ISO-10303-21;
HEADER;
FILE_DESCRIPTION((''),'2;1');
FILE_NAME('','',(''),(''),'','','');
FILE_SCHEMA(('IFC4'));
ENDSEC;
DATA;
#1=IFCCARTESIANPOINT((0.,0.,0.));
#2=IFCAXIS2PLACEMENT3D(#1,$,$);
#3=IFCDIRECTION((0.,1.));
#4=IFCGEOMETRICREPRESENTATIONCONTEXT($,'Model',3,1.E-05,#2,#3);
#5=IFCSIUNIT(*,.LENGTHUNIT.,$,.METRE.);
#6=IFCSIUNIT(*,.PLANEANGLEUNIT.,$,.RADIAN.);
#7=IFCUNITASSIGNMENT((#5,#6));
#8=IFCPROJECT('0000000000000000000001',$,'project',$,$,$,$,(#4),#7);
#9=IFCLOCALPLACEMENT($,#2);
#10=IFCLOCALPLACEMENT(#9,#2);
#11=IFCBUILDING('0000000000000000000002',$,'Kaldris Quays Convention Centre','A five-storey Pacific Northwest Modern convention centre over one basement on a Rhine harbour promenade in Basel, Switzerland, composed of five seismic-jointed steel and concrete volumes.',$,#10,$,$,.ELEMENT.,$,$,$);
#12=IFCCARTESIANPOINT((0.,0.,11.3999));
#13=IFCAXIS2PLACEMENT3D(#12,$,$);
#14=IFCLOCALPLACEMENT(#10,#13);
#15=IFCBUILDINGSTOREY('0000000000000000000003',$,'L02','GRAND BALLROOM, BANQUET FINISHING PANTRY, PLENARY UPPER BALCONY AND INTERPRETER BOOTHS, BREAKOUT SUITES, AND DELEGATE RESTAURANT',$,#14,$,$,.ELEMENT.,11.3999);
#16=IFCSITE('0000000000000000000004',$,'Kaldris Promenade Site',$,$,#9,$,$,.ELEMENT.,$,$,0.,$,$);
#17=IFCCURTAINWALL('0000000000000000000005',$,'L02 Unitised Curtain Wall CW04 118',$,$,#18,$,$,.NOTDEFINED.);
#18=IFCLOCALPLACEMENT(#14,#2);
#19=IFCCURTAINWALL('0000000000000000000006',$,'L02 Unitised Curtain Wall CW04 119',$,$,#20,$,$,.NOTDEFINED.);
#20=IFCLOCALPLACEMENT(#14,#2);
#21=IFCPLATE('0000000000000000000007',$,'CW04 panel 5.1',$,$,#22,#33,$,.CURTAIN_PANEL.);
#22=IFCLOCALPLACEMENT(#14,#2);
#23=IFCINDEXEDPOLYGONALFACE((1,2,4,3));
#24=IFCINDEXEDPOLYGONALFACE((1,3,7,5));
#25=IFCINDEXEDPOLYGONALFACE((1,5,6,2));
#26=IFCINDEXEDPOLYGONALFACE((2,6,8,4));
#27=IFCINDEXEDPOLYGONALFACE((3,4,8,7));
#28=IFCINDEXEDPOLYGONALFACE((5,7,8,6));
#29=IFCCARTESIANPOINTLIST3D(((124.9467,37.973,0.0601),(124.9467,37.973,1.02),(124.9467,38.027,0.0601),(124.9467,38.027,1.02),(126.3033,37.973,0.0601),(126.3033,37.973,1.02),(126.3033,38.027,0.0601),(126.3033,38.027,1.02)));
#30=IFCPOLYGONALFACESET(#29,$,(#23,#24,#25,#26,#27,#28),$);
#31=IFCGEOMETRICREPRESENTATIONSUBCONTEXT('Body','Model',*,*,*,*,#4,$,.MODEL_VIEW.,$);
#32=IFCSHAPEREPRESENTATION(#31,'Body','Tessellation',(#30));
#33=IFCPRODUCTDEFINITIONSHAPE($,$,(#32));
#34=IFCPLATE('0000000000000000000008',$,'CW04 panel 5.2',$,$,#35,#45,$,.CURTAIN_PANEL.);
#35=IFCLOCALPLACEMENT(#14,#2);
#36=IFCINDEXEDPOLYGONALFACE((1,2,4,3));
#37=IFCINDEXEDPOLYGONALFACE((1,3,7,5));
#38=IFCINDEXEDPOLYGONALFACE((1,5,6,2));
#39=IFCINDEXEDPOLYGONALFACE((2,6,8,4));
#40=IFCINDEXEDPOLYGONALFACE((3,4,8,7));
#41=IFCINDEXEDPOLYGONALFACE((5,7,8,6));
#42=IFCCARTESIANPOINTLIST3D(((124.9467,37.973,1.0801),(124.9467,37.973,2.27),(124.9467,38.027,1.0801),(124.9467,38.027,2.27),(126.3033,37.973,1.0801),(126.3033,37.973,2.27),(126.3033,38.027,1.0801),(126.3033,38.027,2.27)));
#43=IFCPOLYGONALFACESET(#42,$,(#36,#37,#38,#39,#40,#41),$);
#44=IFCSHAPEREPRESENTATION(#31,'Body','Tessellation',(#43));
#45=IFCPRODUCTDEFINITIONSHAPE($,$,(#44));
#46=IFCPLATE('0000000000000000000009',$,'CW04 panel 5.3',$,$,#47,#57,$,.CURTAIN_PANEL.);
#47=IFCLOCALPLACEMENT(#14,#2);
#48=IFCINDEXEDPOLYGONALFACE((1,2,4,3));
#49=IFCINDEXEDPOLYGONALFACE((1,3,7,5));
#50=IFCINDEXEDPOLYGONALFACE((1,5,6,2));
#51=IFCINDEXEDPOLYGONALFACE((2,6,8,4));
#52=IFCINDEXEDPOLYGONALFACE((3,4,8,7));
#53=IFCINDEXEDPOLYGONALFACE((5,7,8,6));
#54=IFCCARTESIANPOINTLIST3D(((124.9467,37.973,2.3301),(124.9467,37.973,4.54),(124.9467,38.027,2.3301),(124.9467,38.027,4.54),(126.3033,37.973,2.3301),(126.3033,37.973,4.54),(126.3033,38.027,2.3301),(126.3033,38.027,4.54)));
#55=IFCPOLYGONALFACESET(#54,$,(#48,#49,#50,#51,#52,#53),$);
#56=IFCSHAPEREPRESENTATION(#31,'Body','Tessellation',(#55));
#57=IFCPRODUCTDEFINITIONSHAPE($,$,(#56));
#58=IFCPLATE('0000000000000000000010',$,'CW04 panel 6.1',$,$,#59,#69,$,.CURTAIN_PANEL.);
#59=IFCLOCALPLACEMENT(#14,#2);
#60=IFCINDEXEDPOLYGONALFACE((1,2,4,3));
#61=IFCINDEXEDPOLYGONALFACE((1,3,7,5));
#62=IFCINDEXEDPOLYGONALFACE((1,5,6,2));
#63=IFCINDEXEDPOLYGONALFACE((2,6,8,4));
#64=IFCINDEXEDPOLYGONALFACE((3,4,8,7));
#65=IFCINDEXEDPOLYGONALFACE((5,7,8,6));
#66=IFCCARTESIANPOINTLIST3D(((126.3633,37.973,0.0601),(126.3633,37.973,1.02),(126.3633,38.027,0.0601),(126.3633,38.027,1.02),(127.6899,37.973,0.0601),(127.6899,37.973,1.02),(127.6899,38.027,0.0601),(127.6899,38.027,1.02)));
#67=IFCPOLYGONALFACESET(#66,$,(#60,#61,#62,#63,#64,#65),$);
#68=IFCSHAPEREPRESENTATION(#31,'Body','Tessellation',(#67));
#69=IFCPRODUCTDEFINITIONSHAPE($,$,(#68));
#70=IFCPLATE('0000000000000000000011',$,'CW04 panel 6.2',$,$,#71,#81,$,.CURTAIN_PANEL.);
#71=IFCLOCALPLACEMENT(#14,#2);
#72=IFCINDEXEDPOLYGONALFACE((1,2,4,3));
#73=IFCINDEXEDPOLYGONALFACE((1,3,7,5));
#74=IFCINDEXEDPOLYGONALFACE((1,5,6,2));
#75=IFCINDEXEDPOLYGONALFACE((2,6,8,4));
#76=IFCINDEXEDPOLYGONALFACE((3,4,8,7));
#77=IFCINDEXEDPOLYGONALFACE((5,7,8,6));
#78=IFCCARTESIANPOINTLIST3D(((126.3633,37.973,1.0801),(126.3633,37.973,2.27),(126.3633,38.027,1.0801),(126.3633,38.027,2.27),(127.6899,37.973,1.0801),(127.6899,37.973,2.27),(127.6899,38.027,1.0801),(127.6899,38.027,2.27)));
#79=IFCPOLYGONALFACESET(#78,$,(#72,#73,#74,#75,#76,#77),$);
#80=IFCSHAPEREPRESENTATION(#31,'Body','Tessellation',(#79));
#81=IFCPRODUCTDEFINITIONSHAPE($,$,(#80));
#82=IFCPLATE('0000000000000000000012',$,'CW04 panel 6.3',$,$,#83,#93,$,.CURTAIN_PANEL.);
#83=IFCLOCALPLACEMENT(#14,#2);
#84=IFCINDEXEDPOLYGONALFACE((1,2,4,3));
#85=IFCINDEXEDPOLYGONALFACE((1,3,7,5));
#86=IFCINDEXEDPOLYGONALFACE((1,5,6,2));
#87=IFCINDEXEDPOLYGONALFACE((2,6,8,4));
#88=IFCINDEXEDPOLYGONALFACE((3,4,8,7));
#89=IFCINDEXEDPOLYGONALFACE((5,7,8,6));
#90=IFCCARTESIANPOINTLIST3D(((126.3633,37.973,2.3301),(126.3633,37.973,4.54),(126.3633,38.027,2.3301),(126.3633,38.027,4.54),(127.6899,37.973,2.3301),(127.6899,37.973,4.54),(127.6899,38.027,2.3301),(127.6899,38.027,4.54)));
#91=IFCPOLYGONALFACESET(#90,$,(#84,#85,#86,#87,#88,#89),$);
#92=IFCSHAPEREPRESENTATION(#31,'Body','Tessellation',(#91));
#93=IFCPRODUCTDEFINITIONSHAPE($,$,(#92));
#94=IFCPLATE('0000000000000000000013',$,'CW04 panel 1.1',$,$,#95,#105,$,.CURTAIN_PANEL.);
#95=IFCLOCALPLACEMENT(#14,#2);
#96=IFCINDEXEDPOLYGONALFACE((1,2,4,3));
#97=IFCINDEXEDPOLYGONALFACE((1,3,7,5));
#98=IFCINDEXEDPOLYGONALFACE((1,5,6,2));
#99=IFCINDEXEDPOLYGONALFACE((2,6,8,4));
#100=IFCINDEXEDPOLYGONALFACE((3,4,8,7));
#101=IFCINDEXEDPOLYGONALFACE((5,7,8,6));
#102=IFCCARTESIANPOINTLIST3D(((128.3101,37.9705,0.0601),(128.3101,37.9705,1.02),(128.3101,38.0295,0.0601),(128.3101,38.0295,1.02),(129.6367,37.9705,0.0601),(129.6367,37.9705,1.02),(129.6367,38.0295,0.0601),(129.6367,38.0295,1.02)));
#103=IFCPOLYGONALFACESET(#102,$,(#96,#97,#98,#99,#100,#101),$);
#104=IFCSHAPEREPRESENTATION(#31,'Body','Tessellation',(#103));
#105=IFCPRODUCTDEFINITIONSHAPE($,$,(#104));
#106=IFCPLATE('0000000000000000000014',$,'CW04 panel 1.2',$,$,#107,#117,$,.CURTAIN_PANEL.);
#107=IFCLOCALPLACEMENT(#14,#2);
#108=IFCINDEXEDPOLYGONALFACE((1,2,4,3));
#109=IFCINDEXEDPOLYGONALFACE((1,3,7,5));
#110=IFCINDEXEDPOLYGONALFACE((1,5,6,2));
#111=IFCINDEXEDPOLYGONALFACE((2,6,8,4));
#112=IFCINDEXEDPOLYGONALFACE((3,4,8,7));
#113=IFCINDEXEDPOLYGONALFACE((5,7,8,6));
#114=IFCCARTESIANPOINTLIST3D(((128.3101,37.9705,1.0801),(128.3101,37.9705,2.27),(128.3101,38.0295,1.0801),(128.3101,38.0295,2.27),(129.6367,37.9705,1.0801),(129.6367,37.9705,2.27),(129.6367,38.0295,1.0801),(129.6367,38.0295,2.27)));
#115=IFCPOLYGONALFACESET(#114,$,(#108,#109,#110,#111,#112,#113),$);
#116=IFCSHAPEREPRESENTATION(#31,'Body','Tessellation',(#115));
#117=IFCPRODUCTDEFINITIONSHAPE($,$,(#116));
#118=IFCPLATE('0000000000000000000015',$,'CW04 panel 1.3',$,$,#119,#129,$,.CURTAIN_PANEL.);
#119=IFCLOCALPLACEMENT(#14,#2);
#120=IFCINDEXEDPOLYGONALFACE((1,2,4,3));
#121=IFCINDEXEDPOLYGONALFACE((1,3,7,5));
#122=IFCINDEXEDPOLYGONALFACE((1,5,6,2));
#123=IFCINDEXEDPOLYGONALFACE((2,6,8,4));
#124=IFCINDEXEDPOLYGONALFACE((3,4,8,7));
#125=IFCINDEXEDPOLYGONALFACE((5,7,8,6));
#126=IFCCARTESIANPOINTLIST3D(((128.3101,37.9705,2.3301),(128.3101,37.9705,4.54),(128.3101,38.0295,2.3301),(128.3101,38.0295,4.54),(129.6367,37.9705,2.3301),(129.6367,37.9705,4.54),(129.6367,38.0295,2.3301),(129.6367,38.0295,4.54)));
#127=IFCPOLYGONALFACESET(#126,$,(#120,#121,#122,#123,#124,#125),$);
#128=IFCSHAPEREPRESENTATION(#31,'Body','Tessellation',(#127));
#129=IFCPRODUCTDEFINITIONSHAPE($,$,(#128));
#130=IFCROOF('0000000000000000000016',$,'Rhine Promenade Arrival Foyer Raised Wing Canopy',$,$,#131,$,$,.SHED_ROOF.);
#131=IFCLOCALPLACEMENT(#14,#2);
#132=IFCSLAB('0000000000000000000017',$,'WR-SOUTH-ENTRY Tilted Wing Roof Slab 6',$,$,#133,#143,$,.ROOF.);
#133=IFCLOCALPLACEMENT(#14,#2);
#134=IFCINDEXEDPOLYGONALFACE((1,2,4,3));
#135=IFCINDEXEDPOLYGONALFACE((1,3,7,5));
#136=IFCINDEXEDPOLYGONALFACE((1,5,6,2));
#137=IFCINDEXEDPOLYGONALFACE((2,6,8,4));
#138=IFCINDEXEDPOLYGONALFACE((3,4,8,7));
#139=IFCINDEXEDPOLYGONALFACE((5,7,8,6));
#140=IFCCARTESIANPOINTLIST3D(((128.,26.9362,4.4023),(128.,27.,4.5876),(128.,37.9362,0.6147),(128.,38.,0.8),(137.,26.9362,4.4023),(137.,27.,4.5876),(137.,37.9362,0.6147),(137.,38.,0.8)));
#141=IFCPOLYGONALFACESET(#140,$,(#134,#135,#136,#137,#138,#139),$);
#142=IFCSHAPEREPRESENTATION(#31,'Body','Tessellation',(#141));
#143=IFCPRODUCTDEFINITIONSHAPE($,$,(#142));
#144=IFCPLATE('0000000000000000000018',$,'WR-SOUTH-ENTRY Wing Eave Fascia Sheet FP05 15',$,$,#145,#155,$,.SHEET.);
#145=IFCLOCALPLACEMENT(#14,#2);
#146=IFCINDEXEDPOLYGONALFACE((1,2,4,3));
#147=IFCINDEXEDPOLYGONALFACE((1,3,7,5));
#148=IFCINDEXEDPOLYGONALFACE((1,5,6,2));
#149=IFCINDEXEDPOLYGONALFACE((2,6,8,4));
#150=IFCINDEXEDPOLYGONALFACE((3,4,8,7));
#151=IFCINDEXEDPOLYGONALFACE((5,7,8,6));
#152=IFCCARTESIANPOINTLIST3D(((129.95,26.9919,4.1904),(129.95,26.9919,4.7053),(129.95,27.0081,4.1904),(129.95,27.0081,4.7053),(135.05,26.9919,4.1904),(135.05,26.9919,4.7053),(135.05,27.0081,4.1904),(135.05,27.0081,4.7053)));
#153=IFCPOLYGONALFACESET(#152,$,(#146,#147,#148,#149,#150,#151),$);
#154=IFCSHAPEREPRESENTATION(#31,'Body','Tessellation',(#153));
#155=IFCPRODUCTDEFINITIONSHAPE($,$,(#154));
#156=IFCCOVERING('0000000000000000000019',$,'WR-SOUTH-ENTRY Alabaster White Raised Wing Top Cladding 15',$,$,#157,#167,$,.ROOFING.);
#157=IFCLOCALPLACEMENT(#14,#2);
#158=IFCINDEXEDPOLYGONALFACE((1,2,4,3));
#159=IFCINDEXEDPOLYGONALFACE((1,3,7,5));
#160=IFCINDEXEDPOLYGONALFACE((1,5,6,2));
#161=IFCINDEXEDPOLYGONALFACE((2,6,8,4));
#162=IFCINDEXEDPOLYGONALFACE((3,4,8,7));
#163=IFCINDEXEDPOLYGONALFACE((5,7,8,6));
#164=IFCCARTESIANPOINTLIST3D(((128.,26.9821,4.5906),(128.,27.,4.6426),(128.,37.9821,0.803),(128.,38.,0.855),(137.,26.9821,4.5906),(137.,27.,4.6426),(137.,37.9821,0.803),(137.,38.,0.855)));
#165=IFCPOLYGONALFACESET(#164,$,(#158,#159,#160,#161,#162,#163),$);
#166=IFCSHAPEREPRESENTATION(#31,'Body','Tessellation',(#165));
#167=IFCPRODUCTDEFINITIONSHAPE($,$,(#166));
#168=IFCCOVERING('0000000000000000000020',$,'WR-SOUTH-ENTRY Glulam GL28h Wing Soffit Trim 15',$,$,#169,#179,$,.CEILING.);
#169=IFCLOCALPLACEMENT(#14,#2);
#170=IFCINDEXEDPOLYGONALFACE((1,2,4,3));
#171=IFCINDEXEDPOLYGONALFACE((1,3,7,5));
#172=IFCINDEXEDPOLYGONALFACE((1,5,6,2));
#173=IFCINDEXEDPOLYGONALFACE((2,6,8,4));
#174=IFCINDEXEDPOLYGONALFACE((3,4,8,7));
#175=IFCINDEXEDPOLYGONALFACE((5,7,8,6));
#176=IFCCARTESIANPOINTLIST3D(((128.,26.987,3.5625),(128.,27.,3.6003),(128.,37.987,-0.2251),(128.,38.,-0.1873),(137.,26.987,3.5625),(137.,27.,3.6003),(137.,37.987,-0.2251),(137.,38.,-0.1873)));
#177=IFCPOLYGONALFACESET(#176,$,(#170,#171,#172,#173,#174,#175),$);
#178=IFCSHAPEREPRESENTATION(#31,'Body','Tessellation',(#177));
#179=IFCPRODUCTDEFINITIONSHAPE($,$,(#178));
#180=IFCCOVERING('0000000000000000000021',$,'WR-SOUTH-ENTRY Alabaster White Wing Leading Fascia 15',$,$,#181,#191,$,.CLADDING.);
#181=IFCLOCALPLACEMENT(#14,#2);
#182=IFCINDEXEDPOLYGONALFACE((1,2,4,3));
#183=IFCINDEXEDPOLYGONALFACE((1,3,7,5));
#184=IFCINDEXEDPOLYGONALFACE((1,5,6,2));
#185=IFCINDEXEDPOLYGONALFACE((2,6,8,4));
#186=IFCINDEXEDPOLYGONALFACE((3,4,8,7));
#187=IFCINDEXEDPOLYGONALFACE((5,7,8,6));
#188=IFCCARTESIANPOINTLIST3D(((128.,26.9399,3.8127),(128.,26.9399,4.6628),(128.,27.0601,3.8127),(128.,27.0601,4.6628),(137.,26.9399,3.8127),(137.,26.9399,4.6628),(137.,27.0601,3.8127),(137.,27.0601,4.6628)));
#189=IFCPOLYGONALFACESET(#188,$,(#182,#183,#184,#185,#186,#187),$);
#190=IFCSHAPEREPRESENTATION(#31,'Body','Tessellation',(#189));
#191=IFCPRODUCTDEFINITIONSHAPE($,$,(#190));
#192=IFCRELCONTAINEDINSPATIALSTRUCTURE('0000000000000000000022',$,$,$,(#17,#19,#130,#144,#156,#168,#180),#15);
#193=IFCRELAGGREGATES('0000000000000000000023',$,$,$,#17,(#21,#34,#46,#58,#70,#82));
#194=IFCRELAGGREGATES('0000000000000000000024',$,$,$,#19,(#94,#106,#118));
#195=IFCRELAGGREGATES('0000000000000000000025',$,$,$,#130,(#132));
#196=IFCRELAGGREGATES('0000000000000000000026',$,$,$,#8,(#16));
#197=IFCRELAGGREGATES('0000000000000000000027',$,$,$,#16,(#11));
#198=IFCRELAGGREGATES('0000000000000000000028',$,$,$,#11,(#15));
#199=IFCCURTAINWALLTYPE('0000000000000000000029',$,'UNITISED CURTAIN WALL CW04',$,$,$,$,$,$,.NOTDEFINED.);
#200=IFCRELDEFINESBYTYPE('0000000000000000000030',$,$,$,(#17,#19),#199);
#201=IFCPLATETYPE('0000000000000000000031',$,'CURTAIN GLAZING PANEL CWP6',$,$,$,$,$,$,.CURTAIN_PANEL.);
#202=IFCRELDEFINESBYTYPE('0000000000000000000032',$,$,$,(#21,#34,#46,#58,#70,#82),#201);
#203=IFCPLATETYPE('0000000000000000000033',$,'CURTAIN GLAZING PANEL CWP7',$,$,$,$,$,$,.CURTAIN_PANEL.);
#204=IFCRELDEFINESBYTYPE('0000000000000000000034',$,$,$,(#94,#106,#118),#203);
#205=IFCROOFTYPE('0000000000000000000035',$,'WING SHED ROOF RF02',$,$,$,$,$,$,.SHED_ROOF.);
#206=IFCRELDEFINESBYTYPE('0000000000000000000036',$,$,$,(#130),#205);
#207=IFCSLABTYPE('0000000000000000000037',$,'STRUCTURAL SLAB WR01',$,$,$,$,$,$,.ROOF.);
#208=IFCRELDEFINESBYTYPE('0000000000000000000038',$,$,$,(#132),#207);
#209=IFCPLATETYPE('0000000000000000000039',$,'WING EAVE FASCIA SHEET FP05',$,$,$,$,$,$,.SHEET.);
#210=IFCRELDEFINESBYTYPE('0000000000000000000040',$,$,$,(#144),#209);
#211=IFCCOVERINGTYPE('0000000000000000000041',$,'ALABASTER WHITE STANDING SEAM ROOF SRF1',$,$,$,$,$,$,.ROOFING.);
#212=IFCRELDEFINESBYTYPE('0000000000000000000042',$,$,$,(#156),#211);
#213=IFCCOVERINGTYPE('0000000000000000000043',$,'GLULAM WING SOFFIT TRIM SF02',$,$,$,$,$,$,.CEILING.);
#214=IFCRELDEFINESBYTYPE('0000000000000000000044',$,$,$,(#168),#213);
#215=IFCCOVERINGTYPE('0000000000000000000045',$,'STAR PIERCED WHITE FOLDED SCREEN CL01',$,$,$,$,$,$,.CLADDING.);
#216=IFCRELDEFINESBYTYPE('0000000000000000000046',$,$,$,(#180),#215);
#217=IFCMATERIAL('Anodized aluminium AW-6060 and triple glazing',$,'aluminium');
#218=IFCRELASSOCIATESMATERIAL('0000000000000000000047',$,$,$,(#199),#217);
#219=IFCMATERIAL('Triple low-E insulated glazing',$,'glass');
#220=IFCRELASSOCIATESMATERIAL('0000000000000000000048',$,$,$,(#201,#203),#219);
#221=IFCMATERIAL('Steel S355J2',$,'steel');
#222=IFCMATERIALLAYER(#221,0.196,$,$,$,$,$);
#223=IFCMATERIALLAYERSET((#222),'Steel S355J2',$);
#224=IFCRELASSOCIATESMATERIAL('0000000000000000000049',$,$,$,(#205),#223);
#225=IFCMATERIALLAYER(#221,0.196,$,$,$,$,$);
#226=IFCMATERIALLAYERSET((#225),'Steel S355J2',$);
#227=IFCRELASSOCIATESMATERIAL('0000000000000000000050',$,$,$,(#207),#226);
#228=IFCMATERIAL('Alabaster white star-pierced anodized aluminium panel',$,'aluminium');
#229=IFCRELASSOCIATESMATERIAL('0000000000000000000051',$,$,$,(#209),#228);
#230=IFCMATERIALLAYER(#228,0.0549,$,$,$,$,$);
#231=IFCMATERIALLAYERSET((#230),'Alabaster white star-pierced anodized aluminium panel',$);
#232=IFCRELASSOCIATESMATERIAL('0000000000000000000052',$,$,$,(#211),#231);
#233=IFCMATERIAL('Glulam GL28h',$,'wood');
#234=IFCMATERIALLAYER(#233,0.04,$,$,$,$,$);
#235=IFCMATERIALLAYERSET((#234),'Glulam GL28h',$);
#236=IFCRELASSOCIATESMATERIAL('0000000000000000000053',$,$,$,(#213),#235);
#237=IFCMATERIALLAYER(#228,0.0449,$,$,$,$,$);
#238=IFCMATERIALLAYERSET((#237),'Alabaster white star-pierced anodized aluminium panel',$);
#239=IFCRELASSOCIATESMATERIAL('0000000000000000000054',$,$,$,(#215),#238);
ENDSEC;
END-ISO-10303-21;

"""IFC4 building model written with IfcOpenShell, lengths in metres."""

from ifc_helpers import new_model, si_unit, direction, frame, origin, origin_2d, place, context, subcontext, project, spatial, polyline, rectangle, outline, extrude, material, layer, layer_set, type_object, element, aggregate, save


model = new_model("IFC4")

# Units and contexts
model_context = context("Model", 3, precision=1e-05, world=origin(), true_north=direction((0.0, 1.0)))
body_context = subcontext(model_context, "Body", "Model", "MODEL_VIEW")
ifc_project = project(units=[si_unit("LENGTHUNIT", "METRE"), si_unit("PLANEANGLEUNIT", "RADIAN")], contexts=[model_context])

# Site, building, storey
site_placement = place(None, origin())
site = spatial("IfcSite", under=ifc_project, at=site_placement, Name="Kaldris Promenade Site", CompositionType="ELEMENT", RefElevation=0.0)
building_placement = place(site_placement, origin())
building = spatial("IfcBuilding", under=site, at=building_placement, Name="Kaldris Quays Convention Centre", Description="A five-storey Pacific Northwest Modern convention centre over one basement on a Rhine harbour promenade in Basel, Switzerland, composed of five seismic-jointed steel and concrete volumes.", CompositionType="ELEMENT")
storey_placement = place(building_placement, frame((0.0, 0.0, 11.3999)))
storey = spatial("IfcBuildingStorey", under=building, at=storey_placement, Name="L02", Description="GRAND BALLROOM, BANQUET FINISHING PANTRY, PLENARY UPPER BALCONY AND INTERPRETER BOOTHS, BREAKOUT SUITES, AND DELEGATE RESTAURANT", CompositionType="ELEMENT", Elevation=11.3999)

# Shared definitions
ifc_material_1 = material(Name="Steel S355J2", Category="steel")

# Curtain wall
ifc_material_2 = material(Name="Anodized aluminium AW-6060 and triple glazing", Category="aluminium")
curtain_wall_type = type_object("IfcCurtainWallType", Name="UNITISED CURTAIN WALL CW04", PredefinedType="NOTDEFINED", material=ifc_material_2)
curtain_wall_1_placement = place(storey_placement, origin())
curtain_wall_1 = element("IfcCurtainWall", 1, at=curtain_wall_1_placement, inside=storey, type_object=curtain_wall_type, Name="L02 Unitised Curtain Wall CW04 118", PredefinedType="NOTDEFINED")

# Curtain wall
curtain_wall_2_placement = place(storey_placement, origin())
curtain_wall_2 = element("IfcCurtainWall", 2, at=curtain_wall_2_placement, inside=storey, type_object=curtain_wall_type, Name="L02 Unitised Curtain Wall CW04 119", PredefinedType="NOTDEFINED")

# Shared definitions
ifc_material_3 = material(Name="Glulam GL28h", Category="wood")

# Plates
ifc_material_4 = material(Name="Triple low-E insulated glazing", Category="glass")
plate_type_1 = type_object("IfcPlateType", Name="CURTAIN GLAZING PANEL CWP6", PredefinedType="CURTAIN_PANEL", material=ifc_material_4)
plate_1_placement = place(storey_placement, frame((125.625, 38.0, 0.0601), z_axis=(0.0, 0.0, 1.0), x_axis=(1.0, 0.0, 0.0)))
plate_1 = element("IfcPlate", 3, at=plate_1_placement, type_object=plate_type_1, Name="CW04 panel 5.1", PredefinedType="CURTAIN_PANEL", context=body_context, shape_type="SweptSolid", body=[
    extrude(rectangle(XDim=1.3567, YDim=0.054, at=origin_2d()), origin(), (0.0, 0.0, 1.0), 0.96),
])
plate_2_placement = place(storey_placement, frame((125.625, 38.0, 1.0801), z_axis=(0.0, 0.0, 1.0), x_axis=(1.0, 0.0, 0.0)))
plate_2 = element("IfcPlate", 4, at=plate_2_placement, type_object=plate_type_1, Name="CW04 panel 5.2", PredefinedType="CURTAIN_PANEL", context=body_context, shape_type="SweptSolid", body=[
    extrude(rectangle(XDim=1.3567, YDim=0.054, at=origin_2d()), origin(), (0.0, 0.0, 1.0), 1.1899),
])
plate_3_placement = place(storey_placement, frame((125.625, 38.0, 2.3301), z_axis=(0.0, 0.0, 1.0), x_axis=(1.0, 0.0, 0.0)))
plate_3 = element("IfcPlate", 5, at=plate_3_placement, type_object=plate_type_1, Name="CW04 panel 5.3", PredefinedType="CURTAIN_PANEL", context=body_context, shape_type="SweptSolid", body=[
    extrude(rectangle(XDim=1.3567, YDim=0.054, at=origin_2d()), origin(), (0.0, 0.0, 1.0), 2.21),
])
plate_4_placement = place(storey_placement, frame((127.0266, 38.0, 0.0601), z_axis=(0.0, 0.0, 1.0), x_axis=(1.0, 0.0, 0.0)))
plate_4 = element("IfcPlate", 6, at=plate_4_placement, type_object=plate_type_1, Name="CW04 panel 6.1", PredefinedType="CURTAIN_PANEL", context=body_context, shape_type="SweptSolid", body=[
    extrude(rectangle(XDim=1.3267, YDim=0.054, at=origin_2d()), origin(), (0.0, 0.0, 1.0), 0.96),
])
plate_5_placement = place(storey_placement, frame((127.0266, 38.0, 1.0801), z_axis=(0.0, 0.0, 1.0), x_axis=(1.0, 0.0, 0.0)))
plate_5 = element("IfcPlate", 7, at=plate_5_placement, type_object=plate_type_1, Name="CW04 panel 6.2", PredefinedType="CURTAIN_PANEL", context=body_context, shape_type="SweptSolid", body=[
    extrude(rectangle(XDim=1.3267, YDim=0.054, at=origin_2d()), origin(), (0.0, 0.0, 1.0), 1.1899),
])
plate_6_placement = place(storey_placement, frame((127.0266, 38.0, 2.3301), z_axis=(0.0, 0.0, 1.0), x_axis=(1.0, 0.0, 0.0)))
plate_6 = element("IfcPlate", 8, at=plate_6_placement, type_object=plate_type_1, Name="CW04 panel 6.3", PredefinedType="CURTAIN_PANEL", context=body_context, shape_type="SweptSolid", body=[
    extrude(rectangle(XDim=1.3267, YDim=0.054, at=origin_2d()), origin(), (0.0, 0.0, 1.0), 2.21),
])
aggregate(curtain_wall_1, [plate_1, plate_2, plate_3, plate_4, plate_5, plate_6])
plate_type_2 = type_object("IfcPlateType", Name="CURTAIN GLAZING PANEL CWP7", PredefinedType="CURTAIN_PANEL", material=ifc_material_4)
plate_7_placement = place(storey_placement, frame((128.9734, 38.0, 0.0601), z_axis=(0.0, 0.0, 1.0), x_axis=(1.0, 0.0, 0.0)))
plate_7 = element("IfcPlate", 9, at=plate_7_placement, type_object=plate_type_2, Name="CW04 panel 1.1", PredefinedType="CURTAIN_PANEL", context=body_context, shape_type="SweptSolid", body=[
    extrude(rectangle(XDim=1.3267, YDim=0.0591, at=origin_2d()), origin(), (0.0, 0.0, 1.0), 0.96),
])
plate_8_placement = place(storey_placement, frame((128.9734, 38.0, 1.0801), z_axis=(0.0, 0.0, 1.0), x_axis=(1.0, 0.0, 0.0)))
plate_8 = element("IfcPlate", 10, at=plate_8_placement, type_object=plate_type_2, Name="CW04 panel 1.2", PredefinedType="CURTAIN_PANEL", context=body_context, shape_type="SweptSolid", body=[
    extrude(rectangle(XDim=1.3267, YDim=0.0591, at=origin_2d()), origin(), (0.0, 0.0, 1.0), 1.1899),
])
plate_9_placement = place(storey_placement, frame((128.9734, 38.0, 2.3301), z_axis=(0.0, 0.0, 1.0), x_axis=(1.0, 0.0, 0.0)))
plate_9 = element("IfcPlate", 11, at=plate_9_placement, type_object=plate_type_2, Name="CW04 panel 1.3", PredefinedType="CURTAIN_PANEL", context=body_context, shape_type="SweptSolid", body=[
    extrude(rectangle(XDim=1.3267, YDim=0.0591, at=origin_2d()), origin(), (0.0, 0.0, 1.0), 2.21),
])
aggregate(curtain_wall_2, [plate_7, plate_8, plate_9])

# Roof, slab
ifc_layer_1 = layer(ifc_material_1, 0.196)
ifc_layer_set_1 = layer_set([ifc_layer_1], Name="Steel S355J2")
roof_type = type_object("IfcRoofType", Name="WING SHED ROOF RF02", PredefinedType="SHED_ROOF", material=ifc_layer_set_1)
roof_placement = place(storey_placement, origin())
roof = element("IfcRoof", 12, at=roof_placement, inside=storey, type_object=roof_type, Name="Rhine Promenade Arrival Foyer Raised Wing Canopy", PredefinedType="SHED_ROOF")
ifc_layer_2 = layer(ifc_material_1, 0.196)
ifc_layer_set_2 = layer_set([ifc_layer_2], Name="Steel S355J2")
slab_type = type_object("IfcSlabType", Name="STRUCTURAL SLAB WR01", PredefinedType="ROOF", material=ifc_layer_set_2)
slab_placement = place(storey_placement, frame((128.0, 27.0, 4.5876), z_axis=(0.0, 0.325568, 0.945519), x_axis=(1.0, 0.0, 0.0)))
slab = element("IfcSlab", 13, at=slab_placement, type_object=slab_type, Name="WR-SOUTH-ENTRY Tilted Wing Roof Slab 6", PredefinedType="ROOF", context=body_context, shape_type="SweptSolid", body=[
    extrude(outline(polyline([(0.0, 0.0), (9.0, 0.0), (9.0, 11.6338), (0.0, 11.6338), (0.0, 0.0)])), origin(), (0.0, 0.0, -1.0), 0.196),
])
aggregate(roof, [slab])

# Plate
ifc_material_5 = material(Name="Alabaster white star-pierced anodized aluminium panel", Category="aluminium")
plate_type_3 = type_object("IfcPlateType", Name="WING EAVE FASCIA SHEET FP05", PredefinedType="SHEET", material=ifc_material_5)
plate_10_placement = place(storey_placement, frame((132.5, 27.0, 4.1904), z_axis=(0.0, 0.0, 1.0), x_axis=(1.0, 0.0, 0.0)))
element("IfcPlate", 14, at=plate_10_placement, inside=storey, type_object=plate_type_3, Name="WR-SOUTH-ENTRY Wing Eave Fascia Sheet FP05 15", PredefinedType="SHEET", context=body_context, shape_type="SweptSolid", body=[
    extrude(rectangle(XDim=5.1001, YDim=0.0161, at=origin_2d()), origin(), (0.0, 0.0, 1.0), 0.5149),
])

# Coverings
ifc_layer_3 = layer(ifc_material_5, 0.0549)
ifc_layer_set_3 = layer_set([ifc_layer_3], Name="Alabaster white star-pierced anodized aluminium panel")
covering_type_1 = type_object("IfcCoveringType", Name="ALABASTER WHITE STANDING SEAM ROOF SRF1", PredefinedType="ROOFING", material=ifc_layer_set_3)
covering_1_placement = place(storey_placement, frame((128.0, 27.0, 4.6426), z_axis=(0.0, 0.325568, 0.945519), x_axis=(1.0, 0.0, 0.0)))
element("IfcCovering", 15, at=covering_1_placement, inside=storey, type_object=covering_type_1, Name="WR-SOUTH-ENTRY Alabaster White Raised Wing Top Cladding 15", PredefinedType="ROOFING", context=body_context, shape_type="SweptSolid", body=[
    extrude(outline(polyline([(0.0, 0.0), (9.0, 0.0), (9.0, 11.6338), (0.0, 11.6338), (0.0, 0.0)])), origin(), (0.0, 0.0, -1.0), 0.0549),
])
ifc_layer_4 = layer(ifc_material_3, 0.04)
ifc_layer_set_4 = layer_set([ifc_layer_4], Name="Glulam GL28h")
covering_type_2 = type_object("IfcCoveringType", Name="GLULAM WING SOFFIT TRIM SF02", PredefinedType="CEILING", material=ifc_layer_set_4)
covering_2_placement = place(storey_placement, frame((128.0, 27.0, 3.6003), z_axis=(0.0, 0.325568, 0.945519), x_axis=(1.0, 0.0, 0.0)))
element("IfcCovering", 16, at=covering_2_placement, inside=storey, type_object=covering_type_2, Name="WR-SOUTH-ENTRY Glulam GL28h Wing Soffit Trim 15", PredefinedType="CEILING", context=body_context, shape_type="SweptSolid", body=[
    extrude(outline(polyline([(0.0, 0.0), (9.0, 0.0), (9.0, 11.6338), (0.0, 11.6338), (0.0, 0.0)])), origin(), (0.0, 0.0, -1.0), 0.04),
])
ifc_layer_5 = layer(ifc_material_5, 0.0449)
ifc_layer_set_5 = layer_set([ifc_layer_5], Name="Alabaster white star-pierced anodized aluminium panel")
covering_type_3 = type_object("IfcCoveringType", Name="STAR PIERCED WHITE FOLDED SCREEN CL01", PredefinedType="CLADDING", material=ifc_layer_set_5)
covering_3_placement = place(storey_placement, frame((132.5, 27.0, 3.8127), z_axis=(0.0, 0.0, 1.0), x_axis=(1.0, 0.0, 0.0)))
element("IfcCovering", 17, at=covering_3_placement, inside=storey, type_object=covering_type_3, Name="WR-SOUTH-ENTRY Alabaster White Wing Leading Fascia 15", PredefinedType="CLADDING", context=body_context, shape_type="SweptSolid", body=[
    extrude(rectangle(XDim=9.0, YDim=0.1201, at=origin_2d()), origin(), (0.0, 0.0, 1.0), 0.8501),
])

save(model, "model.ifc")
